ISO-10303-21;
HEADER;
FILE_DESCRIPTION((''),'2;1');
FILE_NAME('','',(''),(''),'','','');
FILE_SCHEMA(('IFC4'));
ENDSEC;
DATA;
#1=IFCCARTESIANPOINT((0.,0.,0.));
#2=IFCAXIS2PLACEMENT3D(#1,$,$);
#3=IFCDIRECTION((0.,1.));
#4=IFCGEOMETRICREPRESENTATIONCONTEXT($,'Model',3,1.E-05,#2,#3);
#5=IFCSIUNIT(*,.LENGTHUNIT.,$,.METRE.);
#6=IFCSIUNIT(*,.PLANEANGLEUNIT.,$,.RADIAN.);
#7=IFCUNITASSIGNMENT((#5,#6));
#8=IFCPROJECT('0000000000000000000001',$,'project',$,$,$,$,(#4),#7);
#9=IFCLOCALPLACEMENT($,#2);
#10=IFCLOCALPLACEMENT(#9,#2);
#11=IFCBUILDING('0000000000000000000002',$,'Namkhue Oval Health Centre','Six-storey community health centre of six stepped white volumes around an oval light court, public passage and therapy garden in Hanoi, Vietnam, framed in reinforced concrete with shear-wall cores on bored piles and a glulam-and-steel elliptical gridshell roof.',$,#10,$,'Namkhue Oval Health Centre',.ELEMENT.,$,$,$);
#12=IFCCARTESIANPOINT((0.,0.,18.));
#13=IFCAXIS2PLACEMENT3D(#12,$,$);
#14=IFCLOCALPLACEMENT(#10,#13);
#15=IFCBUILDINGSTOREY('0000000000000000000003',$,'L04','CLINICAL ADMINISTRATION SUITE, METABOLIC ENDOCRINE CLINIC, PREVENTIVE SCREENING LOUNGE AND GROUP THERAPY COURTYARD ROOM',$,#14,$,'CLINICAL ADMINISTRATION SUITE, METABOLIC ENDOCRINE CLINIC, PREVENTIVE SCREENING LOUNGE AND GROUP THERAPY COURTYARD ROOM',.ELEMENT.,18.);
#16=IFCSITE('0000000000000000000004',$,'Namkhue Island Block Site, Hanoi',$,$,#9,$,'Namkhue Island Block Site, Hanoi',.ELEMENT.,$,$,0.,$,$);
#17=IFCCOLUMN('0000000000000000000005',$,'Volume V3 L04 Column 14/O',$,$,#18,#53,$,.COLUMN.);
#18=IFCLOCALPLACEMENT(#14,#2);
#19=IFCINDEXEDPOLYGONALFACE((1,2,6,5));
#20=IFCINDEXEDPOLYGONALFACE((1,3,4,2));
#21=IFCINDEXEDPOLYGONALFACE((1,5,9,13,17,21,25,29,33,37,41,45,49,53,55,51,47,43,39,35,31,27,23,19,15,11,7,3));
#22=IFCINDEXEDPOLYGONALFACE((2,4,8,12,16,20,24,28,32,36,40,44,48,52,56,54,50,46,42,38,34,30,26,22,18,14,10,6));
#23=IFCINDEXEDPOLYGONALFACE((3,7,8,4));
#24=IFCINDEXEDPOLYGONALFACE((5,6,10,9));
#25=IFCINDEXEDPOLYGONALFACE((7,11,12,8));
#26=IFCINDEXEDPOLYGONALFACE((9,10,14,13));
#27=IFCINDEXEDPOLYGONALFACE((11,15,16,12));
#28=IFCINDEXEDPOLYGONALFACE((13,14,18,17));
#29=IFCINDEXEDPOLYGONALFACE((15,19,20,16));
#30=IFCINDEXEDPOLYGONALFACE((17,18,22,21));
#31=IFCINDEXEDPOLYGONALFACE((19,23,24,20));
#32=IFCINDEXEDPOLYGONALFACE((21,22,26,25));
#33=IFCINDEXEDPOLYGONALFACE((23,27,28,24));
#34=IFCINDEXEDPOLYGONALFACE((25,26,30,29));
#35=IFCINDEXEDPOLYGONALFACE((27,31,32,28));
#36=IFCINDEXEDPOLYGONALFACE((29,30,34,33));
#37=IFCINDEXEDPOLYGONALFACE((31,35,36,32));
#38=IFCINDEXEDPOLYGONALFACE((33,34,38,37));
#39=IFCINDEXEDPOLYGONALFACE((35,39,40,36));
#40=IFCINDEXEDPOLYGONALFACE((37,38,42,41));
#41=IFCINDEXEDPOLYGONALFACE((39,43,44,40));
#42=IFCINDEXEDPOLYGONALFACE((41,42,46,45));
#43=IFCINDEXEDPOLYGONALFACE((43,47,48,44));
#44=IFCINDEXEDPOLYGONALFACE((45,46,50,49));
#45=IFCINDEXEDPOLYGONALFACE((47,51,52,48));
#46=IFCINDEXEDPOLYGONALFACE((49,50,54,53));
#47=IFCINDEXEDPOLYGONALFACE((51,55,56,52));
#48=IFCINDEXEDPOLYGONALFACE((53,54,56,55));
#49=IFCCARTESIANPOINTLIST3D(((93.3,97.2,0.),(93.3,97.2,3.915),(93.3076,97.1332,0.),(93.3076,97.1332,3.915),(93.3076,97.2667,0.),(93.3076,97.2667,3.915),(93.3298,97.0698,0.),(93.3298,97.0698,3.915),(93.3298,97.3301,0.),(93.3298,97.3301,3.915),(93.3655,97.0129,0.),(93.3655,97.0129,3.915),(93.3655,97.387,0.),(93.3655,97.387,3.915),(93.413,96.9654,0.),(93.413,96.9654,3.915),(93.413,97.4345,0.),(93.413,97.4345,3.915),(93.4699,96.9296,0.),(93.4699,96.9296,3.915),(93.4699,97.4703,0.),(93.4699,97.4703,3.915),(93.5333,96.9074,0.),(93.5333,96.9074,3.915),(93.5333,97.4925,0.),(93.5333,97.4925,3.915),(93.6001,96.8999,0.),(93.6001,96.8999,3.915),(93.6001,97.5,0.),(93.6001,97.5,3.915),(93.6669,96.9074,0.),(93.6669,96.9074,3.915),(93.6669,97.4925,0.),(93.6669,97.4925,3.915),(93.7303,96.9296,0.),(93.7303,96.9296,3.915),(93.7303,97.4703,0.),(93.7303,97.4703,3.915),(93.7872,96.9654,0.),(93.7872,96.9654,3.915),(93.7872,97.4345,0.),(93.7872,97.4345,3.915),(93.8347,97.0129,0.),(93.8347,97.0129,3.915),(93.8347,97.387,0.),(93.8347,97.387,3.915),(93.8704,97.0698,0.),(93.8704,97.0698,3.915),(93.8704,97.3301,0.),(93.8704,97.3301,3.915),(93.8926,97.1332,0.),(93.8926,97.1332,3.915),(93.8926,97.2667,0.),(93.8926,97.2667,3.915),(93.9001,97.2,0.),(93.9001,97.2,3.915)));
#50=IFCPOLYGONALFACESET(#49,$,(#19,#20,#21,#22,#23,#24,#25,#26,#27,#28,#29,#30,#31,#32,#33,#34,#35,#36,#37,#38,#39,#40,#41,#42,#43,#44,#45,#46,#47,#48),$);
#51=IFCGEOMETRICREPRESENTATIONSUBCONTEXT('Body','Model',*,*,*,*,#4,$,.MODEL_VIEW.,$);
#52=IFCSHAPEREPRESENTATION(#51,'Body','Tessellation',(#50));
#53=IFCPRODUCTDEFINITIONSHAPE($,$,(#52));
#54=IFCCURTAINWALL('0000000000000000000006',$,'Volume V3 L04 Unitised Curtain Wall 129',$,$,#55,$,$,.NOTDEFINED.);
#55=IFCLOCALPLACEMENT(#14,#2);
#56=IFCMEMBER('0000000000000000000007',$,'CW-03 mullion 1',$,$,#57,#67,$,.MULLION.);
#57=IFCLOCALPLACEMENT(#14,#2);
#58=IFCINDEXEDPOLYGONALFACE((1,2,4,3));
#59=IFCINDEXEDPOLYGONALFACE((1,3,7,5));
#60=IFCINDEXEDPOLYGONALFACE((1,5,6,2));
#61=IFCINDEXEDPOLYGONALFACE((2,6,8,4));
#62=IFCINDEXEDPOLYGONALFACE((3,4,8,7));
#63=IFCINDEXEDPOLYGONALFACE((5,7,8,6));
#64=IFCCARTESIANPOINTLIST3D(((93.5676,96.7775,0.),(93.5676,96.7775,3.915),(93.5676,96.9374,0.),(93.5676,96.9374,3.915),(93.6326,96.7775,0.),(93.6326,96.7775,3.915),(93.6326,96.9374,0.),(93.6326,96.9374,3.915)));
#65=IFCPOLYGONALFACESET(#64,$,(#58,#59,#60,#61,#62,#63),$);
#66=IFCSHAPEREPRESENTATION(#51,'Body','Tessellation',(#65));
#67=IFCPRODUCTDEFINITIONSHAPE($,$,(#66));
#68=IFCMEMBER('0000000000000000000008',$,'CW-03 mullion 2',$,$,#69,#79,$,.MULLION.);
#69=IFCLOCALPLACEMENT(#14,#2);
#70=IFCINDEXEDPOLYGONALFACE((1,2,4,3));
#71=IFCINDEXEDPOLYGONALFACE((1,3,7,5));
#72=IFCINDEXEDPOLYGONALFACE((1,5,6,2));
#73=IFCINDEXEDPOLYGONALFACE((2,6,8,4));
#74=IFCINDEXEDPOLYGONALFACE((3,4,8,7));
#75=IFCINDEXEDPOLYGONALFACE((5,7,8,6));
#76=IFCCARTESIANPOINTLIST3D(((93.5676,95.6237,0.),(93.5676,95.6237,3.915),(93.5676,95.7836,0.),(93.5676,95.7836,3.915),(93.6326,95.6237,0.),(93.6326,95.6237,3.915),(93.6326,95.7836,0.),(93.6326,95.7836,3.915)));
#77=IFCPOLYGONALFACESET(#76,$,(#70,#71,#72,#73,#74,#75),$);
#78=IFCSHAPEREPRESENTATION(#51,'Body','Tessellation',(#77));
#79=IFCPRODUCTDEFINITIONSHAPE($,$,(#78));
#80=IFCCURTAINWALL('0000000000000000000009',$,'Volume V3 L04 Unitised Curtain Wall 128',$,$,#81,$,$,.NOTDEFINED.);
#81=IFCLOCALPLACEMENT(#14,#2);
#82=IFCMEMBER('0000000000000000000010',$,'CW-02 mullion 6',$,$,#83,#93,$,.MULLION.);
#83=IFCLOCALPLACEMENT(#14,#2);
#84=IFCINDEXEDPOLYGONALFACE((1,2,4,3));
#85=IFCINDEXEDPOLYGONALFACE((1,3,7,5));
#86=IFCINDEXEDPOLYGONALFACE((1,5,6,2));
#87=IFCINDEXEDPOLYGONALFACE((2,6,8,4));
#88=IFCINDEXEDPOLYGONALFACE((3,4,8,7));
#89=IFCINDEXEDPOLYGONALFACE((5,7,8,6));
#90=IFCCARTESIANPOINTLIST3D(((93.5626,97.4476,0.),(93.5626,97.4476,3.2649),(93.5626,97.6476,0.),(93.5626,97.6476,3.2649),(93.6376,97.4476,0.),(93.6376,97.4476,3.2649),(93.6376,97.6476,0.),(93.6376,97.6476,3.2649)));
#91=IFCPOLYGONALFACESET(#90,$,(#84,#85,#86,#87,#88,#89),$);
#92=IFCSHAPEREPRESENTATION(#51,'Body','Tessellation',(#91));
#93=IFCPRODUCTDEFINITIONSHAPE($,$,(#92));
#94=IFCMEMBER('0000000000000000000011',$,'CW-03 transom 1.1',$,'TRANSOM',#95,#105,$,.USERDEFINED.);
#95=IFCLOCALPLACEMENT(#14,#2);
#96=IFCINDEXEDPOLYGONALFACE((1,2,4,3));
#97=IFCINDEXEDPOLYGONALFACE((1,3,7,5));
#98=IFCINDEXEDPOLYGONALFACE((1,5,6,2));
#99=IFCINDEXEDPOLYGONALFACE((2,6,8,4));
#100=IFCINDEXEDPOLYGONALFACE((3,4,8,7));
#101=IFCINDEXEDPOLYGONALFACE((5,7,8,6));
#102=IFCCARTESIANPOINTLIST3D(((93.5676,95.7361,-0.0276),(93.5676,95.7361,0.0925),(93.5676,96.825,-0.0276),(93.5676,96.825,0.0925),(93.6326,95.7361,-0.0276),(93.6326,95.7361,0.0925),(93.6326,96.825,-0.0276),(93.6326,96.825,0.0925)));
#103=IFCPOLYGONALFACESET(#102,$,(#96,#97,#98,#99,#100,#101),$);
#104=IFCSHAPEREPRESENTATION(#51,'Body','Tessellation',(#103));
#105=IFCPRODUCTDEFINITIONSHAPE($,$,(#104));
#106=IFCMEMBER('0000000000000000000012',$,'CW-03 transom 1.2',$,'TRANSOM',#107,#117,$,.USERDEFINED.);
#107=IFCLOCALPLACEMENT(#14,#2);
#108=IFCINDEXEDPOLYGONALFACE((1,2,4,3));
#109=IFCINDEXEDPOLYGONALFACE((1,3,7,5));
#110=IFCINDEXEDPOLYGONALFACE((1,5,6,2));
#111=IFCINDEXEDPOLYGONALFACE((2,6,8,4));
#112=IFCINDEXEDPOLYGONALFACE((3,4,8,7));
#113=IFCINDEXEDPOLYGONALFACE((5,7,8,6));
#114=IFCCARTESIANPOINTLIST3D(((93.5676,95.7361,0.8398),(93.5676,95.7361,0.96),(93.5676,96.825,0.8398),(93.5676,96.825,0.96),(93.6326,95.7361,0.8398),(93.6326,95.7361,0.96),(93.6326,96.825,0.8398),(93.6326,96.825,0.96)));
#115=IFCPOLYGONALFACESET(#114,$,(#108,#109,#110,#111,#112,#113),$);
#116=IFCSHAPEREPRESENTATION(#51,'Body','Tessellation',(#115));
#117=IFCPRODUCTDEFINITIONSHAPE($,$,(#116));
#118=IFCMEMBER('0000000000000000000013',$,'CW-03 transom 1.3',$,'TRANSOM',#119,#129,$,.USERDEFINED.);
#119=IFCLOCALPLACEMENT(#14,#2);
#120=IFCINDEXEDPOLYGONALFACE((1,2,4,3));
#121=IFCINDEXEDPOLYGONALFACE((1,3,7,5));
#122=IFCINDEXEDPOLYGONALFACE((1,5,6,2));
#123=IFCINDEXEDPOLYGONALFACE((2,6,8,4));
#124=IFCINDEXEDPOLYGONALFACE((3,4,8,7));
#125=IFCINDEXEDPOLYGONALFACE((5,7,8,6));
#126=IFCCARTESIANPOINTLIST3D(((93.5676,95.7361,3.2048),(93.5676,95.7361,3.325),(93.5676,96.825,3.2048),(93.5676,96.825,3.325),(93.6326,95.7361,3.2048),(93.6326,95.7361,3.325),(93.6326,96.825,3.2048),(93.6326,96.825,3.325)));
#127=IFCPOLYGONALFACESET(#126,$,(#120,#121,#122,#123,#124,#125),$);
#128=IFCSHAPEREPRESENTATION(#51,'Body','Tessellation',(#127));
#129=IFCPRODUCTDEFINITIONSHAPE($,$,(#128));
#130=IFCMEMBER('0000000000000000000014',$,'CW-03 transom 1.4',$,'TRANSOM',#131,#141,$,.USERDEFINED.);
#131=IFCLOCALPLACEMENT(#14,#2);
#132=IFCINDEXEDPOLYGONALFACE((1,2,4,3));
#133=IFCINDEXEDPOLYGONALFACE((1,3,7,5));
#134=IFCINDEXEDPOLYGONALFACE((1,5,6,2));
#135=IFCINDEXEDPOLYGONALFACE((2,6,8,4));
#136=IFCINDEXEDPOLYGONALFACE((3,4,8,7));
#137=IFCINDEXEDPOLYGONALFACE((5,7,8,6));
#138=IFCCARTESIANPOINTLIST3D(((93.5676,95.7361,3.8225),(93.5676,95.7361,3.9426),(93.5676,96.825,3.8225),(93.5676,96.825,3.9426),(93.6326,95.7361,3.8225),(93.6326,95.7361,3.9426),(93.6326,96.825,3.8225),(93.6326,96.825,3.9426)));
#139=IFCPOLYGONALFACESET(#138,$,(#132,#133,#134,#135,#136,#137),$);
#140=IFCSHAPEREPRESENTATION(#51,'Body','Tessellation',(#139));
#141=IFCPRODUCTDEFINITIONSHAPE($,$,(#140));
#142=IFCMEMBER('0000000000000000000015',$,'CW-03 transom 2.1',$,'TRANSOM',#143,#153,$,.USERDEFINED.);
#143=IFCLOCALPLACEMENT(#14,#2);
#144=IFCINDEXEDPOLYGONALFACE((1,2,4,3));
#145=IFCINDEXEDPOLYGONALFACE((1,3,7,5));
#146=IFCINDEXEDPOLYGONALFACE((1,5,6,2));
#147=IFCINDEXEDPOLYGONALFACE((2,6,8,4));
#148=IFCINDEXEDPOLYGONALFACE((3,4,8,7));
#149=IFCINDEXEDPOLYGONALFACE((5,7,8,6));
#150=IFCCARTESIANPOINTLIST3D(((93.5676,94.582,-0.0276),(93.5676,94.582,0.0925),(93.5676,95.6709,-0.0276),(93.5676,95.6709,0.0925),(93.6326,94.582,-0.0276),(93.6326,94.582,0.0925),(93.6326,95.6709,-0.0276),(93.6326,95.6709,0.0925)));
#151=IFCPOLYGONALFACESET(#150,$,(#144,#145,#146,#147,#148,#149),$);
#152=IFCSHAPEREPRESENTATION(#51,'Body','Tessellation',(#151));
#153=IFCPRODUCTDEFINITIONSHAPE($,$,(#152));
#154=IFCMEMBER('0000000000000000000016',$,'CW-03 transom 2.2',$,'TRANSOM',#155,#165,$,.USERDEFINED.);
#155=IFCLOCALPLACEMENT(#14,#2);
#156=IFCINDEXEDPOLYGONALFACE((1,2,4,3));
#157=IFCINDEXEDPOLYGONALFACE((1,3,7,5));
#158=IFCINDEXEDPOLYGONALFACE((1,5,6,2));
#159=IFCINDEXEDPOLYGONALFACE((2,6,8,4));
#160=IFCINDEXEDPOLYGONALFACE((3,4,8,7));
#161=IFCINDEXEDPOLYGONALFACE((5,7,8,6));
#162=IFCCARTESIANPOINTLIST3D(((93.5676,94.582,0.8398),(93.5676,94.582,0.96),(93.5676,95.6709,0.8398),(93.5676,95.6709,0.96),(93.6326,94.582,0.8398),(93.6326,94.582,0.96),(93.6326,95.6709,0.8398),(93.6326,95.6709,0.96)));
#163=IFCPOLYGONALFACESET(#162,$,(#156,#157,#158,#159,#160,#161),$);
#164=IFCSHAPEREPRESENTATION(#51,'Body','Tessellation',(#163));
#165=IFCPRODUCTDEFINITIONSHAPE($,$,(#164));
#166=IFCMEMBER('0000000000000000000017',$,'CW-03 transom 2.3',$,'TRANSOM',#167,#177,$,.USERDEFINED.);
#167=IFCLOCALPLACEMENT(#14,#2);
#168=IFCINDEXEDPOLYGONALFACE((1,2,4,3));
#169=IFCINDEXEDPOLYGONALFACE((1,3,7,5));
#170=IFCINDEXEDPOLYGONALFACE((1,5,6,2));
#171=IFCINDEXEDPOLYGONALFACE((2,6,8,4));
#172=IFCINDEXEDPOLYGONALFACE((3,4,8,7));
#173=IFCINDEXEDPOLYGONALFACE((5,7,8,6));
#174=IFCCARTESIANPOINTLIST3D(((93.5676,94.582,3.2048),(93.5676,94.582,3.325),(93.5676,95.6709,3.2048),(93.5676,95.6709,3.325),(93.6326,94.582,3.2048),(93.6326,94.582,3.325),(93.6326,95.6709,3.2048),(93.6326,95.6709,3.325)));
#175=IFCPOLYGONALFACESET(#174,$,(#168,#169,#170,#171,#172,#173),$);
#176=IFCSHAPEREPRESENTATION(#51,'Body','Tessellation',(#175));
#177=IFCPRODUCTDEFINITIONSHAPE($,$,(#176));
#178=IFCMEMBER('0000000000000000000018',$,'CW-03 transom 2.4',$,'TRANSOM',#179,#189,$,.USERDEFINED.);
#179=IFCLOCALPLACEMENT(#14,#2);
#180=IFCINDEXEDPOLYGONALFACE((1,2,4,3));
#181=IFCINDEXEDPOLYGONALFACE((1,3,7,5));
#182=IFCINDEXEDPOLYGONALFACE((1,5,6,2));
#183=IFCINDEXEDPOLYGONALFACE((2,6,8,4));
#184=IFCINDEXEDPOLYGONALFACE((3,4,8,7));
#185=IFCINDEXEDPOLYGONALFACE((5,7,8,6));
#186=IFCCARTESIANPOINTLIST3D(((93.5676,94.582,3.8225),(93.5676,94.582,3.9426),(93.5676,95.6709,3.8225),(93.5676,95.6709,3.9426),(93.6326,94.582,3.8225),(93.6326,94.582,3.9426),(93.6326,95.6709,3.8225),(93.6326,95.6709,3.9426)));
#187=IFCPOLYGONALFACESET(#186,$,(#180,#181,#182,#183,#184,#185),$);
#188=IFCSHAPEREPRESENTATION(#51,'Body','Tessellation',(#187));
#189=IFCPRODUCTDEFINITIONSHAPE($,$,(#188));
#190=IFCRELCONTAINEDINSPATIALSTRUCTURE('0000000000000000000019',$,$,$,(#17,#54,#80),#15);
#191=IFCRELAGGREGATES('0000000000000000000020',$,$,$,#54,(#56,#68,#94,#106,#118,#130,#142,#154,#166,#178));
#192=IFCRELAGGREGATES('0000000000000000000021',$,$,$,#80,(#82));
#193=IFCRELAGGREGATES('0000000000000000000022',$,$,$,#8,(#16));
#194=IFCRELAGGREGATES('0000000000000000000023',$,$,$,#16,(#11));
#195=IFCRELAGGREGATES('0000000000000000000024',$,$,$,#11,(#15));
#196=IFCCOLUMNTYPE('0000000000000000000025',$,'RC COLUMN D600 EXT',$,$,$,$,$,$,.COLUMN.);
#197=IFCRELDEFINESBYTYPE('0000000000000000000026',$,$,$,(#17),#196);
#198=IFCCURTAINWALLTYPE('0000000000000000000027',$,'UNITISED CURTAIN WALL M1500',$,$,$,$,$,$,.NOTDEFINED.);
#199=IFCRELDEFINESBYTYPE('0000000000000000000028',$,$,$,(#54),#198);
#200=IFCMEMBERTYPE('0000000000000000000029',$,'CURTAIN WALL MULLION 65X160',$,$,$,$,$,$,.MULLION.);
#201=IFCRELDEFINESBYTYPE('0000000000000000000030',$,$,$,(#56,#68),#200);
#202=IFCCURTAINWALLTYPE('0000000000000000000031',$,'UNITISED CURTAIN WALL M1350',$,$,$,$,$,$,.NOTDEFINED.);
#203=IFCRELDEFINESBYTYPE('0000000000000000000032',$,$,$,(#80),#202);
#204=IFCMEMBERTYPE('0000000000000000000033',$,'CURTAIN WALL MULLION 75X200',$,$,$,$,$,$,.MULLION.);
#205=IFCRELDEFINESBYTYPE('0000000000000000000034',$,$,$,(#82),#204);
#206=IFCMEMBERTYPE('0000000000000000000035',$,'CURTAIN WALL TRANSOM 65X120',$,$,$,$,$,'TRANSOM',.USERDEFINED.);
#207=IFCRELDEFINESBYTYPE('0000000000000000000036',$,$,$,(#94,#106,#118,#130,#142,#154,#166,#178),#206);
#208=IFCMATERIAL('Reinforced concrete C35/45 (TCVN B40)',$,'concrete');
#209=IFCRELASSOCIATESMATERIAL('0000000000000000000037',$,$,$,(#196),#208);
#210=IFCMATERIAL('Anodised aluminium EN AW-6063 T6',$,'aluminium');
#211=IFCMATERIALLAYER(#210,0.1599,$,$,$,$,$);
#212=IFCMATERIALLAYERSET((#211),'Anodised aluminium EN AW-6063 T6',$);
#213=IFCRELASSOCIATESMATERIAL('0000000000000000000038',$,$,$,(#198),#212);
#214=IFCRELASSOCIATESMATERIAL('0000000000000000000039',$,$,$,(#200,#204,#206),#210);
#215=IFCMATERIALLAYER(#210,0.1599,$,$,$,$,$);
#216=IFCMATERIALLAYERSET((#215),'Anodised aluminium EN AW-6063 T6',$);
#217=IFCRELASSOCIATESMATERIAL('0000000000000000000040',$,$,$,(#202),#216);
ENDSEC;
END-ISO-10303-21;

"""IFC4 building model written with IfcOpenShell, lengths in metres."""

from ifc_helpers import new_model, si_unit, direction, frame, origin, origin_2d, place, context, subcontext, project, spatial, rectangle, circle, extrude, material, layer, layer_set, material_profile, profile_set, type_object, element, aggregate, save


model = new_model("IFC4")

# Units and contexts
model_context = context("Model", 3, precision=1e-05, world=origin(), true_north=direction((0.0, 1.0)))
body_context = subcontext(model_context, "Body", "Model", "MODEL_VIEW")
ifc_project = project(units=[si_unit("LENGTHUNIT", "METRE"), si_unit("PLANEANGLEUNIT", "RADIAN")], contexts=[model_context])

# Site, building, storey
site_placement = place(None, origin())
site = spatial("IfcSite", under=ifc_project, at=site_placement, Name="Namkhue Island Block Site, Hanoi", LongName="Namkhue Island Block Site, Hanoi", CompositionType="ELEMENT", RefElevation=0.0)
building_placement = place(site_placement, origin())
building = spatial("IfcBuilding", under=site, at=building_placement, Name="Namkhue Oval Health Centre", Description="Six-storey community health centre of six stepped white volumes around an oval light court, public passage and therapy garden in Hanoi, Vietnam, framed in reinforced concrete with shear-wall cores on bored piles and a glulam-and-steel elliptical gridshell roof.", LongName="Namkhue Oval Health Centre", CompositionType="ELEMENT")
storey_placement = place(building_placement, frame((0.0, 0.0, 18.0)))
storey = spatial("IfcBuildingStorey", under=building, at=storey_placement, Name="L04", Description="CLINICAL ADMINISTRATION SUITE, METABOLIC ENDOCRINE CLINIC, PREVENTIVE SCREENING LOUNGE AND GROUP THERAPY COURTYARD ROOM", LongName="CLINICAL ADMINISTRATION SUITE, METABOLIC ENDOCRINE CLINIC, PREVENTIVE SCREENING LOUNGE AND GROUP THERAPY COURTYARD ROOM", CompositionType="ELEMENT", Elevation=18.0)

# Column
ifc_material_1 = material(Name="Reinforced concrete C35/45 (TCVN B40)", Category="concrete")
ifc_material_profile_1 = material_profile(ifc_material_1, circle(Radius=0.3, at=origin_2d()), Name="RC D600")
ifc_profile_set_1 = profile_set([ifc_material_profile_1], Name="Reinforced concrete C35/45 (TCVN B40)")
column_type = type_object("IfcColumnType", Name="RC COLUMN D600 EXT", PredefinedType="COLUMN", material=ifc_profile_set_1)
column_placement = place(storey_placement, frame((93.6001, 97.2, 0.0), z_axis=(0.0, 0.0, 1.0), x_axis=(1.0, 0.0, 0.0)))
element("IfcColumn", 1, at=column_placement, inside=storey, type_object=column_type, Name="Volume V3 L04 Column 14/O", PredefinedType="COLUMN", context=body_context, shape_type="SweptSolid", body=[
    extrude(circle(Radius=0.3, at=origin_2d()), origin(), (0.0, 0.0, 1.0), 3.915),
])

# Curtain wall, members
ifc_material_2 = material(Name="Anodised aluminium EN AW-6063 T6", Category="aluminium")
ifc_layer_1 = layer(ifc_material_2, 0.1599)
ifc_layer_set_1 = layer_set([ifc_layer_1], Name="Anodised aluminium EN AW-6063 T6")
curtain_wall_type_1 = type_object("IfcCurtainWallType", Name="UNITISED CURTAIN WALL M1500", PredefinedType="NOTDEFINED", material=ifc_layer_set_1)
curtain_wall_1_placement = place(storey_placement, origin())
curtain_wall_1 = element("IfcCurtainWall", 2, at=curtain_wall_1_placement, inside=storey, type_object=curtain_wall_type_1, Name="Volume V3 L04 Unitised Curtain Wall 129", PredefinedType="NOTDEFINED")
ifc_material_profile_2 = material_profile(ifc_material_2, rectangle(XDim=0.0649, YDim=0.1599, at=origin_2d()), Name="ALU 65x160")
ifc_profile_set_2 = profile_set([ifc_material_profile_2], Name="Anodised aluminium EN AW-6063 T6")
member_type_1 = type_object("IfcMemberType", Name="CURTAIN WALL MULLION 65X160", PredefinedType="MULLION", material=ifc_profile_set_2)
member_1_placement = place(storey_placement, frame((93.6001, 96.8574, 0.0), z_axis=(0.0, 0.0, 1.0), x_axis=(1.0, 0.0, 0.0)))
member_1 = element("IfcMember", 3, at=member_1_placement, type_object=member_type_1, Name="CW-03 mullion 1", PredefinedType="MULLION", context=body_context, shape_type="SweptSolid", body=[
    extrude(rectangle(XDim=0.0649, YDim=0.1599, at=origin_2d()), origin(), (0.0, 0.0, 1.0), 3.915),
])
member_2_placement = place(storey_placement, frame((93.6001, 95.7036, 0.0), z_axis=(0.0, 0.0, 1.0), x_axis=(1.0, 0.0, 0.0)))
member_2 = element("IfcMember", 4, at=member_2_placement, type_object=member_type_1, Name="CW-03 mullion 2", PredefinedType="MULLION", context=body_context, shape_type="SweptSolid", body=[
    extrude(rectangle(XDim=0.0649, YDim=0.1599, at=origin_2d()), origin(), (0.0, 0.0, 1.0), 3.915),
])

# Curtain wall, member
ifc_layer_2 = layer(ifc_material_2, 0.1599)
ifc_layer_set_2 = layer_set([ifc_layer_2], Name="Anodised aluminium EN AW-6063 T6")
curtain_wall_type_2 = type_object("IfcCurtainWallType", Name="UNITISED CURTAIN WALL M1350", PredefinedType="NOTDEFINED", material=ifc_layer_set_2)
curtain_wall_2_placement = place(storey_placement, origin())
curtain_wall_2 = element("IfcCurtainWall", 5, at=curtain_wall_2_placement, inside=storey, type_object=curtain_wall_type_2, Name="Volume V3 L04 Unitised Curtain Wall 128", PredefinedType="NOTDEFINED")
ifc_material_profile_3 = material_profile(ifc_material_2, rectangle(XDim=0.075, YDim=0.2, at=origin_2d()), Name="ALU 75x200")
ifc_profile_set_3 = profile_set([ifc_material_profile_3], Name="Anodised aluminium EN AW-6063 T6")
member_type_2 = type_object("IfcMemberType", Name="CURTAIN WALL MULLION 75X200", PredefinedType="MULLION", material=ifc_profile_set_3)
member_3_placement = place(storey_placement, frame((93.6001, 97.5476, 0.0), z_axis=(0.0, 0.0, 1.0), x_axis=(1.0, 0.0, 0.0)))
member_3 = element("IfcMember", 6, at=member_3_placement, type_object=member_type_2, Name="CW-02 mullion 6", PredefinedType="MULLION", context=body_context, shape_type="SweptSolid", body=[
    extrude(rectangle(XDim=0.075, YDim=0.2, at=origin_2d()), origin(), (0.0, 0.0, 1.0), 3.2649),
])

# Members
ifc_material_profile_4 = material_profile(ifc_material_2, rectangle(XDim=0.0649, YDim=0.1201, at=origin_2d()), Name="ALU 65x120")
ifc_profile_set_4 = profile_set([ifc_material_profile_4], Name="Anodised aluminium EN AW-6063 T6")
member_type_3 = type_object("IfcMemberType", Name="CURTAIN WALL TRANSOM 65X120", ElementType="TRANSOM", PredefinedType="USERDEFINED", material=ifc_profile_set_4)
member_4_placement = place(storey_placement, frame((93.6001, 96.825, 0.0325), z_axis=(0.0, -1.0, 0.0), x_axis=(1.0, 0.0, 0.0)))
member_4 = element("IfcMember", 7, at=member_4_placement, type_object=member_type_3, Name="CW-03 transom 1.1", ObjectType="TRANSOM", PredefinedType="USERDEFINED", context=body_context, shape_type="SweptSolid", body=[
    extrude(rectangle(XDim=0.0649, YDim=0.1201, at=origin_2d()), origin(), (0.0, 0.0, 1.0), 1.0889),
])
member_5_placement = place(storey_placement, frame((93.6001, 96.825, 0.8999), z_axis=(0.0, -1.0, 0.0), x_axis=(1.0, 0.0, 0.0)))
member_5 = element("IfcMember", 8, at=member_5_placement, type_object=member_type_3, Name="CW-03 transom 1.2", ObjectType="TRANSOM", PredefinedType="USERDEFINED", context=body_context, shape_type="SweptSolid", body=[
    extrude(rectangle(XDim=0.0649, YDim=0.1201, at=origin_2d()), origin(), (0.0, 0.0, 1.0), 1.0889),
])
member_6_placement = place(storey_placement, frame((93.6001, 96.825, 3.2649), z_axis=(0.0, -1.0, 0.0), x_axis=(1.0, 0.0, 0.0)))
member_6 = element("IfcMember", 9, at=member_6_placement, type_object=member_type_3, Name="CW-03 transom 1.3", ObjectType="TRANSOM", PredefinedType="USERDEFINED", context=body_context, shape_type="SweptSolid", body=[
    extrude(rectangle(XDim=0.0649, YDim=0.1201, at=origin_2d()), origin(), (0.0, 0.0, 1.0), 1.0889),
])
member_7_placement = place(storey_placement, frame((93.6001, 96.825, 3.8826), z_axis=(0.0, -1.0, 0.0), x_axis=(1.0, 0.0, 0.0)))
member_7 = element("IfcMember", 10, at=member_7_placement, type_object=member_type_3, Name="CW-03 transom 1.4", ObjectType="TRANSOM", PredefinedType="USERDEFINED", context=body_context, shape_type="SweptSolid", body=[
    extrude(rectangle(XDim=0.0649, YDim=0.1201, at=origin_2d()), origin(), (0.0, 0.0, 1.0), 1.0889),
])
member_8_placement = place(storey_placement, frame((93.6001, 95.6709, 0.0325), z_axis=(0.0, -1.0, 0.0), x_axis=(1.0, 0.0, 0.0)))
member_8 = element("IfcMember", 11, at=member_8_placement, type_object=member_type_3, Name="CW-03 transom 2.1", ObjectType="TRANSOM", PredefinedType="USERDEFINED", context=body_context, shape_type="SweptSolid", body=[
    extrude(rectangle(XDim=0.0649, YDim=0.1201, at=origin_2d()), origin(), (0.0, 0.0, 1.0), 1.0889),
])
member_9_placement = place(storey_placement, frame((93.6001, 95.6709, 0.8999), z_axis=(0.0, -1.0, 0.0), x_axis=(1.0, 0.0, 0.0)))
member_9 = element("IfcMember", 12, at=member_9_placement, type_object=member_type_3, Name="CW-03 transom 2.2", ObjectType="TRANSOM", PredefinedType="USERDEFINED", context=body_context, shape_type="SweptSolid", body=[
    extrude(rectangle(XDim=0.0649, YDim=0.1201, at=origin_2d()), origin(), (0.0, 0.0, 1.0), 1.0889),
])
member_10_placement = place(storey_placement, frame((93.6001, 95.6709, 3.2649), z_axis=(0.0, -1.0, 0.0), x_axis=(1.0, 0.0, 0.0)))
member_10 = element("IfcMember", 13, at=member_10_placement, type_object=member_type_3, Name="CW-03 transom 2.3", ObjectType="TRANSOM", PredefinedType="USERDEFINED", context=body_context, shape_type="SweptSolid", body=[
    extrude(rectangle(XDim=0.0649, YDim=0.1201, at=origin_2d()), origin(), (0.0, 0.0, 1.0), 1.0889),
])
member_11_placement = place(storey_placement, frame((93.6001, 95.6709, 3.8826), z_axis=(0.0, -1.0, 0.0), x_axis=(1.0, 0.0, 0.0)))
member_11 = element("IfcMember", 14, at=member_11_placement, type_object=member_type_3, Name="CW-03 transom 2.4", ObjectType="TRANSOM", PredefinedType="USERDEFINED", context=body_context, shape_type="SweptSolid", body=[
    extrude(rectangle(XDim=0.0649, YDim=0.1201, at=origin_2d()), origin(), (0.0, 0.0, 1.0), 1.0889),
])

aggregate(curtain_wall_1, [member_1, member_2, member_4, member_5, member_6, member_7, member_8, member_9, member_10, member_11])
aggregate(curtain_wall_2, [member_3])

save(model, "model.ifc")
